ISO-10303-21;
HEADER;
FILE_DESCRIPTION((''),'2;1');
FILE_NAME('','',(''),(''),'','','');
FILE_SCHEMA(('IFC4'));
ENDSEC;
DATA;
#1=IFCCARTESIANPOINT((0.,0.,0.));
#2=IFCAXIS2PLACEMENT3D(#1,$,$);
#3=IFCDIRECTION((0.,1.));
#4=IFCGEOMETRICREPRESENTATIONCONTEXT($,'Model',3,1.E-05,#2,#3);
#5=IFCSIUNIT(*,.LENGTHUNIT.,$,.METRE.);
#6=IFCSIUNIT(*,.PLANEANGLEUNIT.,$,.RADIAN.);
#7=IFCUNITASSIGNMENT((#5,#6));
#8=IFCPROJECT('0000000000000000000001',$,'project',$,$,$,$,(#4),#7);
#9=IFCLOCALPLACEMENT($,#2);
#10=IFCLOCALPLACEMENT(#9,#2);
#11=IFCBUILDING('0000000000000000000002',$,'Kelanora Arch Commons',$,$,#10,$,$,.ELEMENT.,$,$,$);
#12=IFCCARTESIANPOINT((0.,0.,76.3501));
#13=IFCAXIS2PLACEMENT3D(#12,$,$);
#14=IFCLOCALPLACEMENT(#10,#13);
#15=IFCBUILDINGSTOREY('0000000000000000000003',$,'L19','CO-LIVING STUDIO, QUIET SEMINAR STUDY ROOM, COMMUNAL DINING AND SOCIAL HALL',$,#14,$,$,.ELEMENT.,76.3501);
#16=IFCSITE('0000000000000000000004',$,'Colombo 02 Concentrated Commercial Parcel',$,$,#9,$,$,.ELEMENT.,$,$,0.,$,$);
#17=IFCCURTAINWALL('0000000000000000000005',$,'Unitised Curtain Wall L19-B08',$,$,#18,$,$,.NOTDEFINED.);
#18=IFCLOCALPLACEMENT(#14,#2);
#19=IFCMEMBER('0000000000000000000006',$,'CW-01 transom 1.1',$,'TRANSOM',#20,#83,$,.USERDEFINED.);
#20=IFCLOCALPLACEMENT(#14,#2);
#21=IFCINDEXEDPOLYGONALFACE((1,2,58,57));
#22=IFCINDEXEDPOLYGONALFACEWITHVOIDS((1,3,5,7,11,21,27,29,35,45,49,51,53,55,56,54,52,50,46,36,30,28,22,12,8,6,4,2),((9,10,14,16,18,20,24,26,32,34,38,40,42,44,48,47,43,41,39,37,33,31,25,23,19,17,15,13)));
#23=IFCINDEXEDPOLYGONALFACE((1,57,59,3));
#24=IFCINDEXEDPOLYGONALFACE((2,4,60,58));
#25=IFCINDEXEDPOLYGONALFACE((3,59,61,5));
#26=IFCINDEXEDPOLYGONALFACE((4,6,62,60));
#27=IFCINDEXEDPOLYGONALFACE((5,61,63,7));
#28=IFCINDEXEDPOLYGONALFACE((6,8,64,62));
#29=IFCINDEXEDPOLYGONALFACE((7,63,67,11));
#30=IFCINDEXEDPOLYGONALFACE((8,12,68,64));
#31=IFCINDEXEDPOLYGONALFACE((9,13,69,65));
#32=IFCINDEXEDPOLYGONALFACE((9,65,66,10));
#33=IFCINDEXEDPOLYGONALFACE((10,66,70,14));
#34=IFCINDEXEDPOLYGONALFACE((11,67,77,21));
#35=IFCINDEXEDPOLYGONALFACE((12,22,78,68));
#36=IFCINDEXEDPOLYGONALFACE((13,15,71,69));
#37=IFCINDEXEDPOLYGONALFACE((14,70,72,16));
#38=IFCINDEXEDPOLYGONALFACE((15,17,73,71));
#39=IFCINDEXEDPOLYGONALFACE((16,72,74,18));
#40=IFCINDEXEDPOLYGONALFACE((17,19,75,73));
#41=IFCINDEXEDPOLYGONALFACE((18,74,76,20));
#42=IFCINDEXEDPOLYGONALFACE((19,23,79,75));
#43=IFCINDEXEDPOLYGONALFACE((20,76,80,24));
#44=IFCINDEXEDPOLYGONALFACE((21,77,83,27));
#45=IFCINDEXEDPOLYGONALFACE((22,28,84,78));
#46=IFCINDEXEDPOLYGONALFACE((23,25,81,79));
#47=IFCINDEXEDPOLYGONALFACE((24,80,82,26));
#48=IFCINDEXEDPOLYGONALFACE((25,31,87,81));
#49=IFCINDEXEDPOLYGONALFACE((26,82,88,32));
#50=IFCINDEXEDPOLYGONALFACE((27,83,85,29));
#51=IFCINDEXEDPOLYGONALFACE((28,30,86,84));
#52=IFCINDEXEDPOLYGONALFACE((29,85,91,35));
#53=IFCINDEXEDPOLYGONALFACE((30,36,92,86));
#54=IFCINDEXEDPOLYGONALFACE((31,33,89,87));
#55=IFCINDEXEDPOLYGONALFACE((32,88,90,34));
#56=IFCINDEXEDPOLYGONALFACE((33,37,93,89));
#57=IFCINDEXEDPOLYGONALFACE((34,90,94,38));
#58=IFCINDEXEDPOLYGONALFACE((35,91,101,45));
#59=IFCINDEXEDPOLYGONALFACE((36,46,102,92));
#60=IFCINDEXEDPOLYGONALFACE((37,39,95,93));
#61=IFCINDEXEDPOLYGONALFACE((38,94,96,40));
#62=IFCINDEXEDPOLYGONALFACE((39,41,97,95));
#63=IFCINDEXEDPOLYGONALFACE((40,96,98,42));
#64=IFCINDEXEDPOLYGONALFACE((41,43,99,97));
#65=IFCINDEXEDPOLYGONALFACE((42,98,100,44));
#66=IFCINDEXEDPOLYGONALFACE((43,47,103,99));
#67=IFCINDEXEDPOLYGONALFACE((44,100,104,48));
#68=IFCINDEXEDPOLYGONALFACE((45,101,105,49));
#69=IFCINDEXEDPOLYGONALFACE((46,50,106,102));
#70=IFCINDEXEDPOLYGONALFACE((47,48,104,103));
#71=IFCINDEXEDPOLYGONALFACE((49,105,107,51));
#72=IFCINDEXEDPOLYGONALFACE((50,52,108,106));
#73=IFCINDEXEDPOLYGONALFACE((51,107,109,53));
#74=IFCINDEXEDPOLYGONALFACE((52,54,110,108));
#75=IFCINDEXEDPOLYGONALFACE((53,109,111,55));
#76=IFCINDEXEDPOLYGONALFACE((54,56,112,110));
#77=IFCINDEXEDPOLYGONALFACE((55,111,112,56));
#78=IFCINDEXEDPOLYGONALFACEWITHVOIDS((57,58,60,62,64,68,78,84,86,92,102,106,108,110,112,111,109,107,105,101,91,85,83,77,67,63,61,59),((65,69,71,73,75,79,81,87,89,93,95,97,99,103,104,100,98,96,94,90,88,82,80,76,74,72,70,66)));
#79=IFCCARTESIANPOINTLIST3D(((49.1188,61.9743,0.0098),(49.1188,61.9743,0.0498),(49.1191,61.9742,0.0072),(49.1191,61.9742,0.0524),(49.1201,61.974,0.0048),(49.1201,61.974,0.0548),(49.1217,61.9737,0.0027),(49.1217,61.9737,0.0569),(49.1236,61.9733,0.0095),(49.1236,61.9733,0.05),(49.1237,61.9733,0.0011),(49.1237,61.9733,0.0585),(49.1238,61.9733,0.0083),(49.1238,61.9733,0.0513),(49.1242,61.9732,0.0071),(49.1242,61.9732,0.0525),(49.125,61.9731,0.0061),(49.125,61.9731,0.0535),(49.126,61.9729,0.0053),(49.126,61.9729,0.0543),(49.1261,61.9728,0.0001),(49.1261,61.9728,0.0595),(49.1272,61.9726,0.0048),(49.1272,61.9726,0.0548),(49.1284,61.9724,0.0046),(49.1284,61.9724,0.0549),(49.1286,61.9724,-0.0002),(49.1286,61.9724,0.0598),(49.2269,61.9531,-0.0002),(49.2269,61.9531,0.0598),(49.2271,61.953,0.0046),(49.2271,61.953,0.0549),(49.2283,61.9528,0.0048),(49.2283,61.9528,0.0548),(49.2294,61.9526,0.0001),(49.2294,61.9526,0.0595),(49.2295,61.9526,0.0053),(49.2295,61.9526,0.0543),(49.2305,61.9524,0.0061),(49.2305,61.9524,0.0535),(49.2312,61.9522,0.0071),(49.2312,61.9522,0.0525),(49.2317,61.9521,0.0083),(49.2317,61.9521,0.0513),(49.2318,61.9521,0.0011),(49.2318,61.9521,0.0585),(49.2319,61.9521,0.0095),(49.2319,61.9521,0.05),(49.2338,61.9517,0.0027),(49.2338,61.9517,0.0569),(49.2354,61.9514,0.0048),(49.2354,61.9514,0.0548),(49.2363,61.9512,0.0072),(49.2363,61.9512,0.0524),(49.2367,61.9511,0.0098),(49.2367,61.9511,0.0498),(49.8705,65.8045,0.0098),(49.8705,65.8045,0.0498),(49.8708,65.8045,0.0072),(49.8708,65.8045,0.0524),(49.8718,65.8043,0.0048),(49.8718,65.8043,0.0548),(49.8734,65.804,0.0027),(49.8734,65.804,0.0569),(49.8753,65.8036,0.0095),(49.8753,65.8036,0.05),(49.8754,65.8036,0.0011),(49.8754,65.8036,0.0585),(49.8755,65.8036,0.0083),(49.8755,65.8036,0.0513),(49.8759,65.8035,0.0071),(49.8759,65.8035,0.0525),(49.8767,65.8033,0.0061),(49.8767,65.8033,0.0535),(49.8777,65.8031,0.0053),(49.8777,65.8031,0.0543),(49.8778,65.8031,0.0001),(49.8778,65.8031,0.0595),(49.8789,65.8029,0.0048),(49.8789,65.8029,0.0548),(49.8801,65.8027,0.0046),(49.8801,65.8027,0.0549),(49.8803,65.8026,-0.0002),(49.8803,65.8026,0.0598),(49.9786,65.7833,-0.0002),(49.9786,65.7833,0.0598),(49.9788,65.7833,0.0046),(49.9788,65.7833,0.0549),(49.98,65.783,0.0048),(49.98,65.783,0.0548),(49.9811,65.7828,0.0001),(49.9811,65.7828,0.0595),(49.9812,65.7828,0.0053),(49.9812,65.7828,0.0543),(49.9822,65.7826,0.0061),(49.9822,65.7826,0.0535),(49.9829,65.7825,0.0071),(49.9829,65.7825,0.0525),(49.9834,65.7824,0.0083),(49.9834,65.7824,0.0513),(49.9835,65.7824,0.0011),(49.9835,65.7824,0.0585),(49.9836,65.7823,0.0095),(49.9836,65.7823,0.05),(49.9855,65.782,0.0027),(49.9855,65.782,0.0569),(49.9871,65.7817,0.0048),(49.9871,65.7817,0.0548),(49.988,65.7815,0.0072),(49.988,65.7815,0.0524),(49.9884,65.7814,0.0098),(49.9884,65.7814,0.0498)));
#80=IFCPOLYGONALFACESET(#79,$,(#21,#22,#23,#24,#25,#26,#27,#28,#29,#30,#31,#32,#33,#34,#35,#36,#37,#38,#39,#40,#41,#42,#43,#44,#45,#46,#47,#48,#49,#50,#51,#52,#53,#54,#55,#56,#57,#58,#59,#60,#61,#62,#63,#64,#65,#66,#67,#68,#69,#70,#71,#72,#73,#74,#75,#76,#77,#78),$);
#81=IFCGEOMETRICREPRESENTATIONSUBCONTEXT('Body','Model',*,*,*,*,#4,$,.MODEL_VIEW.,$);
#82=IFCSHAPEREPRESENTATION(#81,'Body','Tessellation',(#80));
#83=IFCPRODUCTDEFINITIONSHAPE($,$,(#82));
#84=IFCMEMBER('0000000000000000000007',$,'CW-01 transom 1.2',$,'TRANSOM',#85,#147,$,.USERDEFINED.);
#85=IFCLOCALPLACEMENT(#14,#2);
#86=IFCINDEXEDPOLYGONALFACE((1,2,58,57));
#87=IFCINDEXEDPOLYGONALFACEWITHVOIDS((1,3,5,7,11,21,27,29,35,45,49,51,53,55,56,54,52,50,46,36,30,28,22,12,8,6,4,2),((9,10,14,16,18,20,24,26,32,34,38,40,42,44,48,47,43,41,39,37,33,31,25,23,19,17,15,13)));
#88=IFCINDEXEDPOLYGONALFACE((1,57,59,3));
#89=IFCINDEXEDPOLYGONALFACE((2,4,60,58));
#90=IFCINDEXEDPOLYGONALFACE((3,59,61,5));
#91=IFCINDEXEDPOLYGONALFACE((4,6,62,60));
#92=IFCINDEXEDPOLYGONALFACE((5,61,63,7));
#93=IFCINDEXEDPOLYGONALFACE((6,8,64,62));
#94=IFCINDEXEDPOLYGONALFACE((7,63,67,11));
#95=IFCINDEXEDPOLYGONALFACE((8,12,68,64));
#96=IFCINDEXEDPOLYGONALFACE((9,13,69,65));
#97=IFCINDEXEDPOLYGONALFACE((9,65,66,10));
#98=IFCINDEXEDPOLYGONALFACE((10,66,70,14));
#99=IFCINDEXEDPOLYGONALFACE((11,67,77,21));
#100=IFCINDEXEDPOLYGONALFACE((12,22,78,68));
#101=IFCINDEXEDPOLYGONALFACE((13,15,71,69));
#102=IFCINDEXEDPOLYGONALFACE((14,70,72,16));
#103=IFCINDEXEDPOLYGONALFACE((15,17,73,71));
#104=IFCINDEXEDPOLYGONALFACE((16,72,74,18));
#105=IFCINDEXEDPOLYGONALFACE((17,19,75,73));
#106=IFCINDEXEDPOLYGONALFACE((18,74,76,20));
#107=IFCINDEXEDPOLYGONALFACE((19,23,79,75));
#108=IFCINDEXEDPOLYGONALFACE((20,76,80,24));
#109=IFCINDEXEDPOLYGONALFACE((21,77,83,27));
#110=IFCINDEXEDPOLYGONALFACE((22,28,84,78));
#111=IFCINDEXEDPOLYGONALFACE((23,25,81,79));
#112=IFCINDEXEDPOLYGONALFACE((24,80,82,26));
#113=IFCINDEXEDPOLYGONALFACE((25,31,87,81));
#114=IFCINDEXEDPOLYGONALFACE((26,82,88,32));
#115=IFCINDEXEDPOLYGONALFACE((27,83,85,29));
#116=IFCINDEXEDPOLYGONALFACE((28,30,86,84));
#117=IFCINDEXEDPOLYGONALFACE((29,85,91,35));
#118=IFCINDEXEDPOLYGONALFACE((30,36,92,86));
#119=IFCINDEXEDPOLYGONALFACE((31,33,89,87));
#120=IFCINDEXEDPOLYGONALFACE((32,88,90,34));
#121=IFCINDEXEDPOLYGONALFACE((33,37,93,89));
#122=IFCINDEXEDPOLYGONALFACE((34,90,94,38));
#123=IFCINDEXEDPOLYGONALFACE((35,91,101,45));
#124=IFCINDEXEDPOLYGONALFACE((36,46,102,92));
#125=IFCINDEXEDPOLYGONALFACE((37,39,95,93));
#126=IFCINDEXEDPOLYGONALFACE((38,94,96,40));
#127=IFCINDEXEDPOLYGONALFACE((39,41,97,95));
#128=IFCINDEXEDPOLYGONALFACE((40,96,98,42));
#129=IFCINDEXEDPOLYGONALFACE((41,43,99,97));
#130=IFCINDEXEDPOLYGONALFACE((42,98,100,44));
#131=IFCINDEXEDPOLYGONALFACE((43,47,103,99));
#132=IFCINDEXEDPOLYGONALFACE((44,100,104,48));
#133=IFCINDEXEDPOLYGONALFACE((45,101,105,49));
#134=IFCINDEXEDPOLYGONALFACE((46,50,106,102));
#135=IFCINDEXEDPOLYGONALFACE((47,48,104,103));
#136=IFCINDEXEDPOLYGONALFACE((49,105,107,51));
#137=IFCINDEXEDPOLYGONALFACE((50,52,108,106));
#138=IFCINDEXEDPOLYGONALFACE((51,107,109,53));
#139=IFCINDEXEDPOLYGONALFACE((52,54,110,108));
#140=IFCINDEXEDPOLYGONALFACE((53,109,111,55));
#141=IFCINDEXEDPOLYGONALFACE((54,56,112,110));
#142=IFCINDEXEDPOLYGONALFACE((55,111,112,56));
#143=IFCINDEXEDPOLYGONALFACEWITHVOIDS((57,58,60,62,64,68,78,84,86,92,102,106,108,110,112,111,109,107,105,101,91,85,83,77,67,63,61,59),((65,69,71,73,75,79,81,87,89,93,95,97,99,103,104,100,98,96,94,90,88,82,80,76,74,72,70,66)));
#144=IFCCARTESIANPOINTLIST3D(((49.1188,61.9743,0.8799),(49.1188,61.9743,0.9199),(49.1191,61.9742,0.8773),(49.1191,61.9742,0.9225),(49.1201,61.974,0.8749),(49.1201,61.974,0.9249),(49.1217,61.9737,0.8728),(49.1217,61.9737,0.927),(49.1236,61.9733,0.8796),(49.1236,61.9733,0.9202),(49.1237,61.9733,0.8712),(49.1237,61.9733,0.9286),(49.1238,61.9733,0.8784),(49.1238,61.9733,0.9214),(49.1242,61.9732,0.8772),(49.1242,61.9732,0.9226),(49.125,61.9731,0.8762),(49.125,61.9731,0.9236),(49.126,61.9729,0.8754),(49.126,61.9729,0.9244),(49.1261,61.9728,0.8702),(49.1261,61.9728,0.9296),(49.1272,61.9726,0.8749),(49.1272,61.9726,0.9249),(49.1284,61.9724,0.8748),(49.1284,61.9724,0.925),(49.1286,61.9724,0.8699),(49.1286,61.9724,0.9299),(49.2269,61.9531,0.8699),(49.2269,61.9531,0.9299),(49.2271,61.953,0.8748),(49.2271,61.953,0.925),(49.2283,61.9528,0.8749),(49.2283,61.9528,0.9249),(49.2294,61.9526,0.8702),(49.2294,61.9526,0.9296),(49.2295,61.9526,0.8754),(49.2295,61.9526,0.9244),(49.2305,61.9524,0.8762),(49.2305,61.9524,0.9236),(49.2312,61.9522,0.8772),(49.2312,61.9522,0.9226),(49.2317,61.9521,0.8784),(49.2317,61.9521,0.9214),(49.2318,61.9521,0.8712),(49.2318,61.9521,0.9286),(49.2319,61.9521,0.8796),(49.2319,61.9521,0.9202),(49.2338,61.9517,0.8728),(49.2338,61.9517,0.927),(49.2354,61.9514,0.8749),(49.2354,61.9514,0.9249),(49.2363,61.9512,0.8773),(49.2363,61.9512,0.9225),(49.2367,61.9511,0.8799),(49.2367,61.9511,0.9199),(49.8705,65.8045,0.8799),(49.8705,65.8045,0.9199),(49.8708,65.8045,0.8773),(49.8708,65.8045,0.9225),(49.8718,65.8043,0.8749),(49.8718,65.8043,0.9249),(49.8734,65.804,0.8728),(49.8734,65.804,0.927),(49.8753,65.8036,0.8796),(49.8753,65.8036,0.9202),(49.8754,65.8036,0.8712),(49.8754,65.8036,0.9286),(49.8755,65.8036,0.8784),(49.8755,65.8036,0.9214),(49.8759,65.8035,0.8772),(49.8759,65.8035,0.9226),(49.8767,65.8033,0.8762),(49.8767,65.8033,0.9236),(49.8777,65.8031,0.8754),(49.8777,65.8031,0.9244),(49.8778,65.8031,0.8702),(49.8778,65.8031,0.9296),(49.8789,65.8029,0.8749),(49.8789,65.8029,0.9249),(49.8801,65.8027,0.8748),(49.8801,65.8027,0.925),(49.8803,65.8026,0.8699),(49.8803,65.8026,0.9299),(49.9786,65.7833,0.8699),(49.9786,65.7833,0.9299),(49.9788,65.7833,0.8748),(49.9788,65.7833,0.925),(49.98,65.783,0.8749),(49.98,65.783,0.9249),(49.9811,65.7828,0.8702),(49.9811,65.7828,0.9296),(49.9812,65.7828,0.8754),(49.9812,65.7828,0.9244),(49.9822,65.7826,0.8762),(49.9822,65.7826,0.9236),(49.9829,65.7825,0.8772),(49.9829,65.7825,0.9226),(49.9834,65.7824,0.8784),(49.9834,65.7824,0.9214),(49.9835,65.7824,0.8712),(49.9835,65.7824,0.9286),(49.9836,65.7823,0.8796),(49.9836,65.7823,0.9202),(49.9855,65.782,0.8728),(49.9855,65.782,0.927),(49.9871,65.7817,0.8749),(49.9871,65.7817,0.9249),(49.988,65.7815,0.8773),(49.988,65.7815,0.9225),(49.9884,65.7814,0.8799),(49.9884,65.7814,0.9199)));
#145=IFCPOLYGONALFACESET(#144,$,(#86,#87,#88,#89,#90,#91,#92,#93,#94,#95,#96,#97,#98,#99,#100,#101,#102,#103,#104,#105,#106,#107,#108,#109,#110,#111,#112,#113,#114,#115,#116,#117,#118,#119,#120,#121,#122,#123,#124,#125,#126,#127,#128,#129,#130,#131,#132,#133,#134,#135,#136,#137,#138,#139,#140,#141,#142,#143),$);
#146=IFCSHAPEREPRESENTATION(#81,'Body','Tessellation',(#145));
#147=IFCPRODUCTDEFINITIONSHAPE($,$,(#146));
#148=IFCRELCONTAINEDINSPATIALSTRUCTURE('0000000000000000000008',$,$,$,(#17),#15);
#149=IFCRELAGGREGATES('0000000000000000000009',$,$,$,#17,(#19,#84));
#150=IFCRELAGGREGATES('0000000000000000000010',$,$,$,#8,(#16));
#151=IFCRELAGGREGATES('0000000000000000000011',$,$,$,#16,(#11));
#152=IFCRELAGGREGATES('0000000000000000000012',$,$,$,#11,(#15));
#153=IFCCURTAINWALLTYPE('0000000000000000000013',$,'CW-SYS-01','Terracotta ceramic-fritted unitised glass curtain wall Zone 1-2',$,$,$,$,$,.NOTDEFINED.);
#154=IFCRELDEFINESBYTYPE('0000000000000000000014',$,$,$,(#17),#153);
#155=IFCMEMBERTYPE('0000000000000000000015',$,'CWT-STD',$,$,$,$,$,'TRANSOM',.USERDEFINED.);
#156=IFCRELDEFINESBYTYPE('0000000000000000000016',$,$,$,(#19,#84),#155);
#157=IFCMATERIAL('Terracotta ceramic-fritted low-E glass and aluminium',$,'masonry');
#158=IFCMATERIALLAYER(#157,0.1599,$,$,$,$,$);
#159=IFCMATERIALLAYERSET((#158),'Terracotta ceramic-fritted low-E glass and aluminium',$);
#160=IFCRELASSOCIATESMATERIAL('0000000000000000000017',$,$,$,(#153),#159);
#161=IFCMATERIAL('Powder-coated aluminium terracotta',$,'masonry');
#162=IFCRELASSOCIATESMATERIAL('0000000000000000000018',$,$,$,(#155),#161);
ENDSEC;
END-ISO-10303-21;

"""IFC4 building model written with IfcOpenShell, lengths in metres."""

from ifc_helpers import new_model, si_unit, direction, frame, origin, origin_2d, place, context, subcontext, project, spatial, hollow_rectangle, extrude, material, layer, layer_set, material_profile, profile_set, type_object, element, aggregate, save


model = new_model("IFC4")

# Units and contexts
model_context = context("Model", 3, precision=1e-05, world=origin(), true_north=direction((0.0, 1.0)))
body_context = subcontext(model_context, "Body", "Model", "MODEL_VIEW")
ifc_project = project(units=[si_unit("LENGTHUNIT", "METRE"), si_unit("PLANEANGLEUNIT", "RADIAN")], contexts=[model_context])

# Site, building, storey
site_placement = place(None, origin())
site = spatial("IfcSite", under=ifc_project, at=site_placement, Name="Colombo 02 Concentrated Commercial Parcel", CompositionType="ELEMENT", RefElevation=0.0)
building_placement = place(site_placement, origin())
building = spatial("IfcBuilding", under=site, at=building_placement, Name="Kelanora Arch Commons", CompositionType="ELEMENT")
storey_placement = place(building_placement, frame((0.0, 0.0, 76.3501)))
storey = spatial("IfcBuildingStorey", under=building, at=storey_placement, Name="L19", Description="CO-LIVING STUDIO, QUIET SEMINAR STUDY ROOM, COMMUNAL DINING AND SOCIAL HALL", CompositionType="ELEMENT", Elevation=76.3501)

# Shared definitions
ifc_material_1 = material(Name="Terracotta ceramic-fritted low-E glass and aluminium", Category="masonry")
ifc_layer_1 = layer(ifc_material_1, 0.1599)
ifc_layer_set_1 = layer_set([ifc_layer_1], Name="Terracotta ceramic-fritted low-E glass and aluminium")
curtain_wall_type = type_object("IfcCurtainWallType", Name="CW-SYS-01", Description="Terracotta ceramic-fritted unitised glass curtain wall Zone 1-2", PredefinedType="NOTDEFINED", material=ifc_layer_set_1)
ifc_material_2 = material(Name="Powder-coated aluminium terracotta", Category="masonry")

# Curtain wall, members
curtain_wall_1_placement = place(storey_placement, origin())
curtain_wall_1 = element("IfcCurtainWall", 1, at=curtain_wall_1_placement, inside=storey, type_object=curtain_wall_type, Name="Unitised Curtain Wall L19-B08", PredefinedType="NOTDEFINED")
ifc_material_profile_1 = material_profile(ifc_material_2, hollow_rectangle(XDim=0.1201, YDim=0.0601, WallThickness=0.0049, InnerFilletRadius=0.0049, OuterFilletRadius=0.01, at=origin_2d()), Name="CWT120x60")
ifc_profile_set_1 = profile_set([ifc_material_profile_1], Name="Powder-coated aluminium terracotta")
member_type_1 = type_object("IfcMemberType", Name="CWT-STD", ElementType="TRANSOM", PredefinedType="USERDEFINED", material=ifc_profile_set_1)
member_1_placement = place(storey_placement, frame((49.9294, 65.793, 0.0298), z_axis=(-0.192579, -0.981282, 0.0), x_axis=(0.981282, -0.192579, 0.0)))
member_1 = element("IfcMember", 2, at=member_1_placement, type_object=member_type_1, Name="CW-01 transom 1.1", ObjectType="TRANSOM", PredefinedType="USERDEFINED", context=body_context, shape_type="SweptSolid", body=[
    extrude(hollow_rectangle(XDim=0.1201, YDim=0.0601, WallThickness=0.0049, InnerFilletRadius=0.0049, OuterFilletRadius=0.01, at=origin_2d()), origin(), (0.0, 0.0, 1.0), 3.9033),
])
member_2_placement = place(storey_placement, frame((49.9294, 65.793, 0.8999), z_axis=(-0.192579, -0.981282, 0.0), x_axis=(0.981282, -0.192579, 0.0)))
member_2 = element("IfcMember", 3, at=member_2_placement, type_object=member_type_1, Name="CW-01 transom 1.2", ObjectType="TRANSOM", PredefinedType="USERDEFINED", context=body_context, shape_type="SweptSolid", body=[
    extrude(hollow_rectangle(XDim=0.1201, YDim=0.0601, WallThickness=0.0049, InnerFilletRadius=0.0049, OuterFilletRadius=0.01, at=origin_2d()), origin(), (0.0, 0.0, 1.0), 3.9033),
])
aggregate(curtain_wall_1, [member_1, member_2])

save(model, "model.ifc")
